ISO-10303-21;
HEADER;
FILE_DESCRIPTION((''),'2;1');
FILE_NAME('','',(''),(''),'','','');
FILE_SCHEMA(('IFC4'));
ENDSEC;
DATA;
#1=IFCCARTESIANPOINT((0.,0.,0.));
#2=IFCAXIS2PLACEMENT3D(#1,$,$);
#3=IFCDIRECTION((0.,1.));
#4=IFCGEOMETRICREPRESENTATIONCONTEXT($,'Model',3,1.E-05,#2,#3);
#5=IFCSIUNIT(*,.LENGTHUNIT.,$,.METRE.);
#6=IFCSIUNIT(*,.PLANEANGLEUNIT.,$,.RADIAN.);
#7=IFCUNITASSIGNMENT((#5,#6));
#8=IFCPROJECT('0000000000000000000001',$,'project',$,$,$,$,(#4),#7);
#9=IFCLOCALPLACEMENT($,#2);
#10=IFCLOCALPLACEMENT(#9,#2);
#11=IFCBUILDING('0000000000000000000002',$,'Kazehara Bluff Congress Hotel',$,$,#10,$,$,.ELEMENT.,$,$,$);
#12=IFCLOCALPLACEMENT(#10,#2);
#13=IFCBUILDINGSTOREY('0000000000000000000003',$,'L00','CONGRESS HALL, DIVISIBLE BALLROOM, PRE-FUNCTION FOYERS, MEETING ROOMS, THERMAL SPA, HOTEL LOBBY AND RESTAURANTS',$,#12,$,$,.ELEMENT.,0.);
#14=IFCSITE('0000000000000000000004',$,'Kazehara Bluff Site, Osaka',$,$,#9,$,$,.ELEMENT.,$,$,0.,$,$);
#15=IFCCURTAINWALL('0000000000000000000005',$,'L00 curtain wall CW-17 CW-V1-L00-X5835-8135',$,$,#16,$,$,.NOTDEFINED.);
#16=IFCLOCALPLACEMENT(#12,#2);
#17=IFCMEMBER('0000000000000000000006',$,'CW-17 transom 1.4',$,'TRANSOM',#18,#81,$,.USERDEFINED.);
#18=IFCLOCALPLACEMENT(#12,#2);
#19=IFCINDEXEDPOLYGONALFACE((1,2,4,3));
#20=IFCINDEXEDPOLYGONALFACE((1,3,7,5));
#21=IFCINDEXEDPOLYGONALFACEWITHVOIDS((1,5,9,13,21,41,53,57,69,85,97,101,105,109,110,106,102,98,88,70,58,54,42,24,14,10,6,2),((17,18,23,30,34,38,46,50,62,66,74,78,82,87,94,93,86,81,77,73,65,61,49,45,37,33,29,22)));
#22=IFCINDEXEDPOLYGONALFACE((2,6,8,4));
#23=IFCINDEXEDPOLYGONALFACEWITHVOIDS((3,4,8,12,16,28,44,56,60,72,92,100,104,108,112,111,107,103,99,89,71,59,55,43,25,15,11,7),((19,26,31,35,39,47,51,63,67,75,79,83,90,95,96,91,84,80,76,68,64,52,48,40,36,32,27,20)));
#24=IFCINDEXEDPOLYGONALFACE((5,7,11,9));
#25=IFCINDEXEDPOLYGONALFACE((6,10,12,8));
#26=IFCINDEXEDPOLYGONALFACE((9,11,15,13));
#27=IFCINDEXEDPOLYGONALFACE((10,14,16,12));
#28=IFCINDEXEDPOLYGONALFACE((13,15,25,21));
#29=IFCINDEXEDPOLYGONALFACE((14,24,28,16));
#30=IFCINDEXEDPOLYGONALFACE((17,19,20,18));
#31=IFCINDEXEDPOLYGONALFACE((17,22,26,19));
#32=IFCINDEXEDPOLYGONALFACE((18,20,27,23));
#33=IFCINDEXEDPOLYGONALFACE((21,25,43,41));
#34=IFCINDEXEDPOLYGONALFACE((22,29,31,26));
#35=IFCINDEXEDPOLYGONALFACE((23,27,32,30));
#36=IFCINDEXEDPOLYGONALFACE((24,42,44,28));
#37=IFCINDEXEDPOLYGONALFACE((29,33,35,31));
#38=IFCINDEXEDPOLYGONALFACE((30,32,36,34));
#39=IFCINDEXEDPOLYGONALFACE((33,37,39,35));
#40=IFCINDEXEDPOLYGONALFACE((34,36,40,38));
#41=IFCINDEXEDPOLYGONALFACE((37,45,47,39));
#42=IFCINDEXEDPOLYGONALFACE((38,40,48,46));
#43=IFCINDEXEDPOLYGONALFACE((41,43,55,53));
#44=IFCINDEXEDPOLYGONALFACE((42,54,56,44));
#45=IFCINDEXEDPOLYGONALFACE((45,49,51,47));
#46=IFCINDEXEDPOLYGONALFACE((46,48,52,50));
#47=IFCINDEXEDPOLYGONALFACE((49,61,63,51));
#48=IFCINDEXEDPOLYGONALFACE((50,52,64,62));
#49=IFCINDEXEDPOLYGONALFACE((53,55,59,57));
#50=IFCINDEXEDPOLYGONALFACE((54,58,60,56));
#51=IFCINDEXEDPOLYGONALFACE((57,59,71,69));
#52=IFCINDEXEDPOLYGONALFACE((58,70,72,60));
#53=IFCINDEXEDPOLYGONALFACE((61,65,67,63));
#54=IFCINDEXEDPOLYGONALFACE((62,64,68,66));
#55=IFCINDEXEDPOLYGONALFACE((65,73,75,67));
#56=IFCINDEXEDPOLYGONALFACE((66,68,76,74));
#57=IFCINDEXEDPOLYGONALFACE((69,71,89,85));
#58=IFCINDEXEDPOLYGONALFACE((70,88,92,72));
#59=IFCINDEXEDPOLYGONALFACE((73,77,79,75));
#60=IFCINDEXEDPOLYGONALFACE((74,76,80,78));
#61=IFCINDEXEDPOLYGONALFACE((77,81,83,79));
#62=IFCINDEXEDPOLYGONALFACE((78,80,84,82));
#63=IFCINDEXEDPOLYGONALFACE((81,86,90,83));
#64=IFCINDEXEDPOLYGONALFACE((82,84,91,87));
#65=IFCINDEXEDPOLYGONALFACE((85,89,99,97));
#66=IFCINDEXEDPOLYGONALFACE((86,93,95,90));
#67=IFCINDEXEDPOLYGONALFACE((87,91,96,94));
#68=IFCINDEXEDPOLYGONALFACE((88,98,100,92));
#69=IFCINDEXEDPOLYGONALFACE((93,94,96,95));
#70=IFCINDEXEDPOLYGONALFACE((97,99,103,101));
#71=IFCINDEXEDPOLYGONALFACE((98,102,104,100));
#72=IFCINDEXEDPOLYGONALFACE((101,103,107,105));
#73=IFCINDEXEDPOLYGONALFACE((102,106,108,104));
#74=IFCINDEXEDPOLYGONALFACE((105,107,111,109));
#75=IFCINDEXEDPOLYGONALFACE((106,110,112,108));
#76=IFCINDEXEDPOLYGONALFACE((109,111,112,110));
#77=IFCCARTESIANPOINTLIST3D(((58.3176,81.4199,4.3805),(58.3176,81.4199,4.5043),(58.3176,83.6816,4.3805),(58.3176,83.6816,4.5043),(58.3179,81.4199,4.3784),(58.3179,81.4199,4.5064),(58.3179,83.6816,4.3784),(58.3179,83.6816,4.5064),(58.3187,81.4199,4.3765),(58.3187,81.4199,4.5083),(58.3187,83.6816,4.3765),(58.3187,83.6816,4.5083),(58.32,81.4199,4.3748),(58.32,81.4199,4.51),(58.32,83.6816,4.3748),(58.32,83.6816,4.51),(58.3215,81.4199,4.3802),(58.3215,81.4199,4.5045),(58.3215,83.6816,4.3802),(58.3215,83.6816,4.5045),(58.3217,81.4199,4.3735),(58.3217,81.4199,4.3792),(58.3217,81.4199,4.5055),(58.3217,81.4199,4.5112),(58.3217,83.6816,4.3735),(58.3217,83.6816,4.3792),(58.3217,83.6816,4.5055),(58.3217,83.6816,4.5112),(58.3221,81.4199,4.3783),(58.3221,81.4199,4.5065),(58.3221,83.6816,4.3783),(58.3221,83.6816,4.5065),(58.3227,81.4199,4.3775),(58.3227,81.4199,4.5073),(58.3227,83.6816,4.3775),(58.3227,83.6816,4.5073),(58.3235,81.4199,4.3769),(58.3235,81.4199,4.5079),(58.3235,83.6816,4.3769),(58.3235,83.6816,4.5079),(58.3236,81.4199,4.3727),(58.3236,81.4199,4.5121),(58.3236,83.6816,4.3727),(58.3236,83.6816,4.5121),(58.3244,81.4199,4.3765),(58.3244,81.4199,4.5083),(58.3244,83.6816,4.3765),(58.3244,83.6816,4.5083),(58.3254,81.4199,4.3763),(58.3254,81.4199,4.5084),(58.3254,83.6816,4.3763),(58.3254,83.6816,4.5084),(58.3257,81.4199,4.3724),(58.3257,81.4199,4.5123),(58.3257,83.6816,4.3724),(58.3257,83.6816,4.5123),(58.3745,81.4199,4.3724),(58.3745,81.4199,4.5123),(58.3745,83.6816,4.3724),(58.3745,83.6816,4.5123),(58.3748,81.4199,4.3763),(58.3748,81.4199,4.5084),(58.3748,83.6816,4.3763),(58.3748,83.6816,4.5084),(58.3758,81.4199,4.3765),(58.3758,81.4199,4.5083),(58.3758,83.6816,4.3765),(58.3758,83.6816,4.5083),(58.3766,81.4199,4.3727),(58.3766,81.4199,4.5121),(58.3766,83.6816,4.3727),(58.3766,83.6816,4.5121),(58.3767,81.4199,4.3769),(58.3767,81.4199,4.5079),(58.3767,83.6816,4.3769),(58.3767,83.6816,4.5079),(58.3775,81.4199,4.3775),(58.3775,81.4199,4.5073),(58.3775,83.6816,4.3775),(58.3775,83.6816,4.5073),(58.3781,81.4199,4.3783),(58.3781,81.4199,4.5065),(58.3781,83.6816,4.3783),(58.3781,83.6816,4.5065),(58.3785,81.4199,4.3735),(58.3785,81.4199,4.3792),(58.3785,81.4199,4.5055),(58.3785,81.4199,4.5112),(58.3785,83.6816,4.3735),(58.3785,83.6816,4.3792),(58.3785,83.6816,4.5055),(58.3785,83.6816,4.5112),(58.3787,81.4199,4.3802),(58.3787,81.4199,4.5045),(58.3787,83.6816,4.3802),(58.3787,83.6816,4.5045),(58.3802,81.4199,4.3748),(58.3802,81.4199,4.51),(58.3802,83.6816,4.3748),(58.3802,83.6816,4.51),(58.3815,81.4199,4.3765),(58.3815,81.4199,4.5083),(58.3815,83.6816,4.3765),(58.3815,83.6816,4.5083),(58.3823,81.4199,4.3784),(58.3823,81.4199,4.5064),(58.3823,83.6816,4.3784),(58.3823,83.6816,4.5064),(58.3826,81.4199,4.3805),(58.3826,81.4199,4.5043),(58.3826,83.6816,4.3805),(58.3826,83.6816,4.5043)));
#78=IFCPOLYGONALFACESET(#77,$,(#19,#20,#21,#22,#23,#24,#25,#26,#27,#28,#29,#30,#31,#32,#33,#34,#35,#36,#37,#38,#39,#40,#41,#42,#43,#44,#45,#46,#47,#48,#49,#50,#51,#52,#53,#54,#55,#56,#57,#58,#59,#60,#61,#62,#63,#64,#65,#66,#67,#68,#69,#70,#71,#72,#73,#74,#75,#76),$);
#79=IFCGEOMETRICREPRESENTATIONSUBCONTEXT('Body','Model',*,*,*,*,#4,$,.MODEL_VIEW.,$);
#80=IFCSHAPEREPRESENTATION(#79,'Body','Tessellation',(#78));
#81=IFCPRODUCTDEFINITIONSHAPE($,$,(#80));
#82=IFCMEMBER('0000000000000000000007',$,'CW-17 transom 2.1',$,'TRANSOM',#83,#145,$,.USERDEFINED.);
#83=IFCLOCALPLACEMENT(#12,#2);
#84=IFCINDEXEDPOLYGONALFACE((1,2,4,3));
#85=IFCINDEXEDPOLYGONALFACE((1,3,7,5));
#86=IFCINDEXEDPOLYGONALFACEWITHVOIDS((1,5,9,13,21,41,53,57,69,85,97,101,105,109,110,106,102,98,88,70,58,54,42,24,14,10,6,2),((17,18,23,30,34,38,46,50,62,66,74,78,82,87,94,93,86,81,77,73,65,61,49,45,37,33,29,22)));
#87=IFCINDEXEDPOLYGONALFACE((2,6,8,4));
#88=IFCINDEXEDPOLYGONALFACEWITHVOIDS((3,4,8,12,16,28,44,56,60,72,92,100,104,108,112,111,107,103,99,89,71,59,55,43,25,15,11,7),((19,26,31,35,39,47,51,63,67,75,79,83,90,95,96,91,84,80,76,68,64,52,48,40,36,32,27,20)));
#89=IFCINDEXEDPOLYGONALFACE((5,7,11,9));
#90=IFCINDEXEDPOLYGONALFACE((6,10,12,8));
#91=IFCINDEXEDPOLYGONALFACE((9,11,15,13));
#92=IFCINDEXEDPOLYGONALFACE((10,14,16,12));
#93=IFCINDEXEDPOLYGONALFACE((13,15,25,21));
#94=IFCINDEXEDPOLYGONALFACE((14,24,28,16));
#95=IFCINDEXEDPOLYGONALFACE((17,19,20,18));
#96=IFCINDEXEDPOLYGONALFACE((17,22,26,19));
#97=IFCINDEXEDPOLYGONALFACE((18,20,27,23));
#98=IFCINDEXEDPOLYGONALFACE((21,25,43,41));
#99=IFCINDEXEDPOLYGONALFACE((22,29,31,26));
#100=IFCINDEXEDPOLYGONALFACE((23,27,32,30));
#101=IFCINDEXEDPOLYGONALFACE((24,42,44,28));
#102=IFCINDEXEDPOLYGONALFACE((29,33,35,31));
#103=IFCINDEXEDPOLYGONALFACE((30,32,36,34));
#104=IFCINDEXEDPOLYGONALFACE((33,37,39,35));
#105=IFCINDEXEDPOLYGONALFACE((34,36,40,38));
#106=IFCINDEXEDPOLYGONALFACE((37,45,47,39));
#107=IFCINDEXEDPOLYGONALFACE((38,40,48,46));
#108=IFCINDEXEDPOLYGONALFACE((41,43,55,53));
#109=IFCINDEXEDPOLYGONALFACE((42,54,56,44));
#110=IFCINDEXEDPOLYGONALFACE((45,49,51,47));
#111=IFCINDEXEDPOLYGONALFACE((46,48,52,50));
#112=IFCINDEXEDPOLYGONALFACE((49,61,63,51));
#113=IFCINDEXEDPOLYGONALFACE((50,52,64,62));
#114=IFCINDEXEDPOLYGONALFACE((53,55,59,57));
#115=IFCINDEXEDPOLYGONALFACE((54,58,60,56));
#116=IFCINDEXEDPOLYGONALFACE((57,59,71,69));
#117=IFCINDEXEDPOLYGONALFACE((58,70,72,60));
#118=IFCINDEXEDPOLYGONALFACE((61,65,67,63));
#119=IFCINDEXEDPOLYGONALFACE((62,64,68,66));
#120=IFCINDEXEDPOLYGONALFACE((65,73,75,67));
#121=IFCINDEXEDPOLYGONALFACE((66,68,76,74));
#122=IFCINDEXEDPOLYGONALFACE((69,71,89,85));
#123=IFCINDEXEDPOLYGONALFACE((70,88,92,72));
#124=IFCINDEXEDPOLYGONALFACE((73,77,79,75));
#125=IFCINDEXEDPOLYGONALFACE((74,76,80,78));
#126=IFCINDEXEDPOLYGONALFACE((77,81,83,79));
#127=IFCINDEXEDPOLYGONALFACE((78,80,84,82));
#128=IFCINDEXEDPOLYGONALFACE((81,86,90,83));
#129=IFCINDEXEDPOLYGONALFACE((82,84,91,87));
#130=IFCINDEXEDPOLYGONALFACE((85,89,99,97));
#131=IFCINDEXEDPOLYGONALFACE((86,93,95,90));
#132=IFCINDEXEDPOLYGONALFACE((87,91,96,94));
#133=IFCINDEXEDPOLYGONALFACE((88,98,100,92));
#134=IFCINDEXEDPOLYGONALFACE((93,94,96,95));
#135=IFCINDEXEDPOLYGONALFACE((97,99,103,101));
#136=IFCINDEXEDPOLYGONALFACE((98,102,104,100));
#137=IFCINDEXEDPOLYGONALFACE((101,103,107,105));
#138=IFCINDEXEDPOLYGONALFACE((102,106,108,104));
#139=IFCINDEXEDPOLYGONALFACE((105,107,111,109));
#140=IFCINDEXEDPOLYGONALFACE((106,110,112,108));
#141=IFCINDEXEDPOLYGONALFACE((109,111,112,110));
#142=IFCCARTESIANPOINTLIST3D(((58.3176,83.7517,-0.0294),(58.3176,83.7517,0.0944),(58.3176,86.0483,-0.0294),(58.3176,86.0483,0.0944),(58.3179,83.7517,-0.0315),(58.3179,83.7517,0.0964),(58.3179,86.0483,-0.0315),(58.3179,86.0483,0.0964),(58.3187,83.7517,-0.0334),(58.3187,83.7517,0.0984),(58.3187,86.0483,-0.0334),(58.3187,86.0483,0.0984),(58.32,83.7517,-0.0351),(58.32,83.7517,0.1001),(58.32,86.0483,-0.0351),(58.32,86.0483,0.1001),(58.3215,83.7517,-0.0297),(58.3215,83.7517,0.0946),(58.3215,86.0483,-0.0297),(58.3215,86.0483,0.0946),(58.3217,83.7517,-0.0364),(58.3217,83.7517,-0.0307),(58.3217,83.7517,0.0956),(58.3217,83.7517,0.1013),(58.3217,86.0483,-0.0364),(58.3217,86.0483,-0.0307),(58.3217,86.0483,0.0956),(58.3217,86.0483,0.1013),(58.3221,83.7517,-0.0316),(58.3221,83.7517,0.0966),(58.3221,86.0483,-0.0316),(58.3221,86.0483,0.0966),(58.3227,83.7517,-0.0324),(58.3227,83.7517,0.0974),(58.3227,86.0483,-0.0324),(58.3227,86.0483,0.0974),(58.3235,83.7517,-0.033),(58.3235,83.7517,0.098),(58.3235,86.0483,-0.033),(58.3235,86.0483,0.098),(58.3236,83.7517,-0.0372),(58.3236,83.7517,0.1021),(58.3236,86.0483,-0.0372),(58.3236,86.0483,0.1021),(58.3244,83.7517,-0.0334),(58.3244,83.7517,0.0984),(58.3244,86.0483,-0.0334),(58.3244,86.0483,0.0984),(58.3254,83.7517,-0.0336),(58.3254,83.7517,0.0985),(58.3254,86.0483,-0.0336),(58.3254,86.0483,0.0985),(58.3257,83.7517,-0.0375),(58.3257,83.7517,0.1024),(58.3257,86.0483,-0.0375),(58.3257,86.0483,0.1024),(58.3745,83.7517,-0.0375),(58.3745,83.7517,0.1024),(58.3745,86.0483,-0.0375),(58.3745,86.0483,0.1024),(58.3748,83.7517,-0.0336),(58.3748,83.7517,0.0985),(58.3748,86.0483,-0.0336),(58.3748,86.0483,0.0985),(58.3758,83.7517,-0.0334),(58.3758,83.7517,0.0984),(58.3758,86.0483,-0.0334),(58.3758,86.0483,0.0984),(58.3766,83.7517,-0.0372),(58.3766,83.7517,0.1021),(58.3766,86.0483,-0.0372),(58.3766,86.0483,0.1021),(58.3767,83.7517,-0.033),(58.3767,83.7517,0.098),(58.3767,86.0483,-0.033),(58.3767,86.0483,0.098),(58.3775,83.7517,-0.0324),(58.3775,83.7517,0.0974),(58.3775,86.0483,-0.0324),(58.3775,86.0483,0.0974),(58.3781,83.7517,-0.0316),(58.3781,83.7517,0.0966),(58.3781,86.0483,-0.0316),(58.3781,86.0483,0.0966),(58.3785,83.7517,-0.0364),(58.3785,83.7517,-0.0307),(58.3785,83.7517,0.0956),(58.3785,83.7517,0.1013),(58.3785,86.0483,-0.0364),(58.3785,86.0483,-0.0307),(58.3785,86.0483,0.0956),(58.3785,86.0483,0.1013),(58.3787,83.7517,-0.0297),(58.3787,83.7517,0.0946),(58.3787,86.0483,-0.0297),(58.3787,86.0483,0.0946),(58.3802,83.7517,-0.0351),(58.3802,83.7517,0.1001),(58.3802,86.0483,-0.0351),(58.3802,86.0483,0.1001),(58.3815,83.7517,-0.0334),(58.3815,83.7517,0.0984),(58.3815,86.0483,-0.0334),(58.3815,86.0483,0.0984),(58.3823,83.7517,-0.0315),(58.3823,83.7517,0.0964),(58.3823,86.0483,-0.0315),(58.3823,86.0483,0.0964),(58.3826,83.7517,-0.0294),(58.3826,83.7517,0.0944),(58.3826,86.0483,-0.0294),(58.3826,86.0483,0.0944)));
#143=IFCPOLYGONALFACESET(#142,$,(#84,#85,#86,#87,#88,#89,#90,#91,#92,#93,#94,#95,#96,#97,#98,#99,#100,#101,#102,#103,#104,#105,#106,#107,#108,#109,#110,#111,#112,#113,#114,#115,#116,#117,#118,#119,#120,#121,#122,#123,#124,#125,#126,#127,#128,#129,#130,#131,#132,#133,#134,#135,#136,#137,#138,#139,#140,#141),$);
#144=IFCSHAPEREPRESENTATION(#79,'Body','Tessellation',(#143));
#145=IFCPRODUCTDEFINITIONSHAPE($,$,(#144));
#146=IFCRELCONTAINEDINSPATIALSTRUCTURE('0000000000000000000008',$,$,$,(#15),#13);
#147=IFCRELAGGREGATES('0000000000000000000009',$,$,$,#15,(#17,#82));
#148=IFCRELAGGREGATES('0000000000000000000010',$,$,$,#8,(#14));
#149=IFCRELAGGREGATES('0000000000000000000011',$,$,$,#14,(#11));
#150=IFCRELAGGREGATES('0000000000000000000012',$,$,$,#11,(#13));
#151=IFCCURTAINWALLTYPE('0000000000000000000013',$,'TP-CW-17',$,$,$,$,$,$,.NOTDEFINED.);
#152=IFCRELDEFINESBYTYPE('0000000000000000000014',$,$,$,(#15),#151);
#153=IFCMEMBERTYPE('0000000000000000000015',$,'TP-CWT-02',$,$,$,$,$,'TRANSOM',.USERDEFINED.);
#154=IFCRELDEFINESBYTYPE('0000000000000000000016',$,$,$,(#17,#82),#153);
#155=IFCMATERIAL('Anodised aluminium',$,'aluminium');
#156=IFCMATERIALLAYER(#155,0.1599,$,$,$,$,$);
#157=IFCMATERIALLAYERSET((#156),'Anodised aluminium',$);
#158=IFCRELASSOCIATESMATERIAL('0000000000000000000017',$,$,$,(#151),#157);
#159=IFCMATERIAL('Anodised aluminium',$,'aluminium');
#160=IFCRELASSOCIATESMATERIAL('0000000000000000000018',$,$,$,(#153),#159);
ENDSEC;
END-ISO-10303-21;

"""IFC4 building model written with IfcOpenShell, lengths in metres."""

from ifc_helpers import new_model, si_unit, direction, frame, origin, origin_2d, place, context, subcontext, project, spatial, hollow_rectangle, extrude, material, layer, layer_set, material_profile, profile_set, type_object, element, aggregate, save


model = new_model("IFC4")

# Units and contexts
model_context = context("Model", 3, precision=1e-05, world=origin(), true_north=direction((0.0, 1.0)))
body_context = subcontext(model_context, "Body", "Model", "MODEL_VIEW")
ifc_project = project(units=[si_unit("LENGTHUNIT", "METRE"), si_unit("PLANEANGLEUNIT", "RADIAN")], contexts=[model_context])

# Site, building, storey
site_placement = place(None, origin())
site = spatial("IfcSite", under=ifc_project, at=site_placement, Name="Kazehara Bluff Site, Osaka", CompositionType="ELEMENT", RefElevation=0.0)
building_placement = place(site_placement, origin())
building = spatial("IfcBuilding", under=site, at=building_placement, Name="Kazehara Bluff Congress Hotel", CompositionType="ELEMENT")
storey_placement = place(building_placement, origin())
storey = spatial("IfcBuildingStorey", under=building, at=storey_placement, Name="L00", Description="CONGRESS HALL, DIVISIBLE BALLROOM, PRE-FUNCTION FOYERS, MEETING ROOMS, THERMAL SPA, HOTEL LOBBY AND RESTAURANTS", CompositionType="ELEMENT", Elevation=0.0)

# Curtain wall, members
ifc_material_1 = material(Name="Anodised aluminium", Category="aluminium")
ifc_layer_1 = layer(ifc_material_1, 0.1599)
ifc_layer_set_1 = layer_set([ifc_layer_1], Name="Anodised aluminium")
curtain_wall_type = type_object("IfcCurtainWallType", Name="TP-CW-17", PredefinedType="NOTDEFINED", material=ifc_layer_set_1)
curtain_wall_placement = place(storey_placement, origin())
curtain_wall = element("IfcCurtainWall", 1, at=curtain_wall_placement, inside=storey, type_object=curtain_wall_type, Name="L00 curtain wall CW-17 CW-V1-L00-X5835-8135", PredefinedType="NOTDEFINED")
ifc_material_2 = material(Name="Anodised aluminium", Category="aluminium")
ifc_material_profile_1 = material_profile(ifc_material_2, hollow_rectangle(XDim=0.0649, YDim=0.1399, WallThickness=0.0039, InnerFilletRadius=0.0039, OuterFilletRadius=0.0081, at=origin_2d()))
ifc_profile_set_1 = profile_set([ifc_material_profile_1], Name="Anodised aluminium")
member_type_1 = type_object("IfcMemberType", Name="TP-CWT-02", ElementType="TRANSOM", PredefinedType="USERDEFINED", material=ifc_profile_set_1)
member_1_placement = place(storey_placement, frame((58.3501, 81.4199, 4.4424), z_axis=(0.0, 1.0, 0.0), x_axis=(-1.0, 0.0, 0.0)))
member_1 = element("IfcMember", 2, at=member_1_placement, type_object=member_type_1, Name="CW-17 transom 1.4", ObjectType="TRANSOM", PredefinedType="USERDEFINED", context=body_context, shape_type="SweptSolid", body=[
    extrude(hollow_rectangle(XDim=0.0649, YDim=0.1399, WallThickness=0.0039, InnerFilletRadius=0.0039, OuterFilletRadius=0.0081, at=origin_2d()), origin(), (0.0, 0.0, 1.0), 2.2617),
])
member_2_placement = place(storey_placement, frame((58.3501, 83.7517, 0.0325), z_axis=(0.0, 1.0, 0.0), x_axis=(-1.0, 0.0, 0.0)))
member_2 = element("IfcMember", 3, at=member_2_placement, type_object=member_type_1, Name="CW-17 transom 2.1", ObjectType="TRANSOM", PredefinedType="USERDEFINED", context=body_context, shape_type="SweptSolid", body=[
    extrude(hollow_rectangle(XDim=0.0649, YDim=0.1399, WallThickness=0.0039, InnerFilletRadius=0.0039, OuterFilletRadius=0.0081, at=origin_2d()), origin(), (0.0, 0.0, 1.0), 2.2966),
])

aggregate(curtain_wall, [member_1, member_2])

save(model, "model.ifc")
